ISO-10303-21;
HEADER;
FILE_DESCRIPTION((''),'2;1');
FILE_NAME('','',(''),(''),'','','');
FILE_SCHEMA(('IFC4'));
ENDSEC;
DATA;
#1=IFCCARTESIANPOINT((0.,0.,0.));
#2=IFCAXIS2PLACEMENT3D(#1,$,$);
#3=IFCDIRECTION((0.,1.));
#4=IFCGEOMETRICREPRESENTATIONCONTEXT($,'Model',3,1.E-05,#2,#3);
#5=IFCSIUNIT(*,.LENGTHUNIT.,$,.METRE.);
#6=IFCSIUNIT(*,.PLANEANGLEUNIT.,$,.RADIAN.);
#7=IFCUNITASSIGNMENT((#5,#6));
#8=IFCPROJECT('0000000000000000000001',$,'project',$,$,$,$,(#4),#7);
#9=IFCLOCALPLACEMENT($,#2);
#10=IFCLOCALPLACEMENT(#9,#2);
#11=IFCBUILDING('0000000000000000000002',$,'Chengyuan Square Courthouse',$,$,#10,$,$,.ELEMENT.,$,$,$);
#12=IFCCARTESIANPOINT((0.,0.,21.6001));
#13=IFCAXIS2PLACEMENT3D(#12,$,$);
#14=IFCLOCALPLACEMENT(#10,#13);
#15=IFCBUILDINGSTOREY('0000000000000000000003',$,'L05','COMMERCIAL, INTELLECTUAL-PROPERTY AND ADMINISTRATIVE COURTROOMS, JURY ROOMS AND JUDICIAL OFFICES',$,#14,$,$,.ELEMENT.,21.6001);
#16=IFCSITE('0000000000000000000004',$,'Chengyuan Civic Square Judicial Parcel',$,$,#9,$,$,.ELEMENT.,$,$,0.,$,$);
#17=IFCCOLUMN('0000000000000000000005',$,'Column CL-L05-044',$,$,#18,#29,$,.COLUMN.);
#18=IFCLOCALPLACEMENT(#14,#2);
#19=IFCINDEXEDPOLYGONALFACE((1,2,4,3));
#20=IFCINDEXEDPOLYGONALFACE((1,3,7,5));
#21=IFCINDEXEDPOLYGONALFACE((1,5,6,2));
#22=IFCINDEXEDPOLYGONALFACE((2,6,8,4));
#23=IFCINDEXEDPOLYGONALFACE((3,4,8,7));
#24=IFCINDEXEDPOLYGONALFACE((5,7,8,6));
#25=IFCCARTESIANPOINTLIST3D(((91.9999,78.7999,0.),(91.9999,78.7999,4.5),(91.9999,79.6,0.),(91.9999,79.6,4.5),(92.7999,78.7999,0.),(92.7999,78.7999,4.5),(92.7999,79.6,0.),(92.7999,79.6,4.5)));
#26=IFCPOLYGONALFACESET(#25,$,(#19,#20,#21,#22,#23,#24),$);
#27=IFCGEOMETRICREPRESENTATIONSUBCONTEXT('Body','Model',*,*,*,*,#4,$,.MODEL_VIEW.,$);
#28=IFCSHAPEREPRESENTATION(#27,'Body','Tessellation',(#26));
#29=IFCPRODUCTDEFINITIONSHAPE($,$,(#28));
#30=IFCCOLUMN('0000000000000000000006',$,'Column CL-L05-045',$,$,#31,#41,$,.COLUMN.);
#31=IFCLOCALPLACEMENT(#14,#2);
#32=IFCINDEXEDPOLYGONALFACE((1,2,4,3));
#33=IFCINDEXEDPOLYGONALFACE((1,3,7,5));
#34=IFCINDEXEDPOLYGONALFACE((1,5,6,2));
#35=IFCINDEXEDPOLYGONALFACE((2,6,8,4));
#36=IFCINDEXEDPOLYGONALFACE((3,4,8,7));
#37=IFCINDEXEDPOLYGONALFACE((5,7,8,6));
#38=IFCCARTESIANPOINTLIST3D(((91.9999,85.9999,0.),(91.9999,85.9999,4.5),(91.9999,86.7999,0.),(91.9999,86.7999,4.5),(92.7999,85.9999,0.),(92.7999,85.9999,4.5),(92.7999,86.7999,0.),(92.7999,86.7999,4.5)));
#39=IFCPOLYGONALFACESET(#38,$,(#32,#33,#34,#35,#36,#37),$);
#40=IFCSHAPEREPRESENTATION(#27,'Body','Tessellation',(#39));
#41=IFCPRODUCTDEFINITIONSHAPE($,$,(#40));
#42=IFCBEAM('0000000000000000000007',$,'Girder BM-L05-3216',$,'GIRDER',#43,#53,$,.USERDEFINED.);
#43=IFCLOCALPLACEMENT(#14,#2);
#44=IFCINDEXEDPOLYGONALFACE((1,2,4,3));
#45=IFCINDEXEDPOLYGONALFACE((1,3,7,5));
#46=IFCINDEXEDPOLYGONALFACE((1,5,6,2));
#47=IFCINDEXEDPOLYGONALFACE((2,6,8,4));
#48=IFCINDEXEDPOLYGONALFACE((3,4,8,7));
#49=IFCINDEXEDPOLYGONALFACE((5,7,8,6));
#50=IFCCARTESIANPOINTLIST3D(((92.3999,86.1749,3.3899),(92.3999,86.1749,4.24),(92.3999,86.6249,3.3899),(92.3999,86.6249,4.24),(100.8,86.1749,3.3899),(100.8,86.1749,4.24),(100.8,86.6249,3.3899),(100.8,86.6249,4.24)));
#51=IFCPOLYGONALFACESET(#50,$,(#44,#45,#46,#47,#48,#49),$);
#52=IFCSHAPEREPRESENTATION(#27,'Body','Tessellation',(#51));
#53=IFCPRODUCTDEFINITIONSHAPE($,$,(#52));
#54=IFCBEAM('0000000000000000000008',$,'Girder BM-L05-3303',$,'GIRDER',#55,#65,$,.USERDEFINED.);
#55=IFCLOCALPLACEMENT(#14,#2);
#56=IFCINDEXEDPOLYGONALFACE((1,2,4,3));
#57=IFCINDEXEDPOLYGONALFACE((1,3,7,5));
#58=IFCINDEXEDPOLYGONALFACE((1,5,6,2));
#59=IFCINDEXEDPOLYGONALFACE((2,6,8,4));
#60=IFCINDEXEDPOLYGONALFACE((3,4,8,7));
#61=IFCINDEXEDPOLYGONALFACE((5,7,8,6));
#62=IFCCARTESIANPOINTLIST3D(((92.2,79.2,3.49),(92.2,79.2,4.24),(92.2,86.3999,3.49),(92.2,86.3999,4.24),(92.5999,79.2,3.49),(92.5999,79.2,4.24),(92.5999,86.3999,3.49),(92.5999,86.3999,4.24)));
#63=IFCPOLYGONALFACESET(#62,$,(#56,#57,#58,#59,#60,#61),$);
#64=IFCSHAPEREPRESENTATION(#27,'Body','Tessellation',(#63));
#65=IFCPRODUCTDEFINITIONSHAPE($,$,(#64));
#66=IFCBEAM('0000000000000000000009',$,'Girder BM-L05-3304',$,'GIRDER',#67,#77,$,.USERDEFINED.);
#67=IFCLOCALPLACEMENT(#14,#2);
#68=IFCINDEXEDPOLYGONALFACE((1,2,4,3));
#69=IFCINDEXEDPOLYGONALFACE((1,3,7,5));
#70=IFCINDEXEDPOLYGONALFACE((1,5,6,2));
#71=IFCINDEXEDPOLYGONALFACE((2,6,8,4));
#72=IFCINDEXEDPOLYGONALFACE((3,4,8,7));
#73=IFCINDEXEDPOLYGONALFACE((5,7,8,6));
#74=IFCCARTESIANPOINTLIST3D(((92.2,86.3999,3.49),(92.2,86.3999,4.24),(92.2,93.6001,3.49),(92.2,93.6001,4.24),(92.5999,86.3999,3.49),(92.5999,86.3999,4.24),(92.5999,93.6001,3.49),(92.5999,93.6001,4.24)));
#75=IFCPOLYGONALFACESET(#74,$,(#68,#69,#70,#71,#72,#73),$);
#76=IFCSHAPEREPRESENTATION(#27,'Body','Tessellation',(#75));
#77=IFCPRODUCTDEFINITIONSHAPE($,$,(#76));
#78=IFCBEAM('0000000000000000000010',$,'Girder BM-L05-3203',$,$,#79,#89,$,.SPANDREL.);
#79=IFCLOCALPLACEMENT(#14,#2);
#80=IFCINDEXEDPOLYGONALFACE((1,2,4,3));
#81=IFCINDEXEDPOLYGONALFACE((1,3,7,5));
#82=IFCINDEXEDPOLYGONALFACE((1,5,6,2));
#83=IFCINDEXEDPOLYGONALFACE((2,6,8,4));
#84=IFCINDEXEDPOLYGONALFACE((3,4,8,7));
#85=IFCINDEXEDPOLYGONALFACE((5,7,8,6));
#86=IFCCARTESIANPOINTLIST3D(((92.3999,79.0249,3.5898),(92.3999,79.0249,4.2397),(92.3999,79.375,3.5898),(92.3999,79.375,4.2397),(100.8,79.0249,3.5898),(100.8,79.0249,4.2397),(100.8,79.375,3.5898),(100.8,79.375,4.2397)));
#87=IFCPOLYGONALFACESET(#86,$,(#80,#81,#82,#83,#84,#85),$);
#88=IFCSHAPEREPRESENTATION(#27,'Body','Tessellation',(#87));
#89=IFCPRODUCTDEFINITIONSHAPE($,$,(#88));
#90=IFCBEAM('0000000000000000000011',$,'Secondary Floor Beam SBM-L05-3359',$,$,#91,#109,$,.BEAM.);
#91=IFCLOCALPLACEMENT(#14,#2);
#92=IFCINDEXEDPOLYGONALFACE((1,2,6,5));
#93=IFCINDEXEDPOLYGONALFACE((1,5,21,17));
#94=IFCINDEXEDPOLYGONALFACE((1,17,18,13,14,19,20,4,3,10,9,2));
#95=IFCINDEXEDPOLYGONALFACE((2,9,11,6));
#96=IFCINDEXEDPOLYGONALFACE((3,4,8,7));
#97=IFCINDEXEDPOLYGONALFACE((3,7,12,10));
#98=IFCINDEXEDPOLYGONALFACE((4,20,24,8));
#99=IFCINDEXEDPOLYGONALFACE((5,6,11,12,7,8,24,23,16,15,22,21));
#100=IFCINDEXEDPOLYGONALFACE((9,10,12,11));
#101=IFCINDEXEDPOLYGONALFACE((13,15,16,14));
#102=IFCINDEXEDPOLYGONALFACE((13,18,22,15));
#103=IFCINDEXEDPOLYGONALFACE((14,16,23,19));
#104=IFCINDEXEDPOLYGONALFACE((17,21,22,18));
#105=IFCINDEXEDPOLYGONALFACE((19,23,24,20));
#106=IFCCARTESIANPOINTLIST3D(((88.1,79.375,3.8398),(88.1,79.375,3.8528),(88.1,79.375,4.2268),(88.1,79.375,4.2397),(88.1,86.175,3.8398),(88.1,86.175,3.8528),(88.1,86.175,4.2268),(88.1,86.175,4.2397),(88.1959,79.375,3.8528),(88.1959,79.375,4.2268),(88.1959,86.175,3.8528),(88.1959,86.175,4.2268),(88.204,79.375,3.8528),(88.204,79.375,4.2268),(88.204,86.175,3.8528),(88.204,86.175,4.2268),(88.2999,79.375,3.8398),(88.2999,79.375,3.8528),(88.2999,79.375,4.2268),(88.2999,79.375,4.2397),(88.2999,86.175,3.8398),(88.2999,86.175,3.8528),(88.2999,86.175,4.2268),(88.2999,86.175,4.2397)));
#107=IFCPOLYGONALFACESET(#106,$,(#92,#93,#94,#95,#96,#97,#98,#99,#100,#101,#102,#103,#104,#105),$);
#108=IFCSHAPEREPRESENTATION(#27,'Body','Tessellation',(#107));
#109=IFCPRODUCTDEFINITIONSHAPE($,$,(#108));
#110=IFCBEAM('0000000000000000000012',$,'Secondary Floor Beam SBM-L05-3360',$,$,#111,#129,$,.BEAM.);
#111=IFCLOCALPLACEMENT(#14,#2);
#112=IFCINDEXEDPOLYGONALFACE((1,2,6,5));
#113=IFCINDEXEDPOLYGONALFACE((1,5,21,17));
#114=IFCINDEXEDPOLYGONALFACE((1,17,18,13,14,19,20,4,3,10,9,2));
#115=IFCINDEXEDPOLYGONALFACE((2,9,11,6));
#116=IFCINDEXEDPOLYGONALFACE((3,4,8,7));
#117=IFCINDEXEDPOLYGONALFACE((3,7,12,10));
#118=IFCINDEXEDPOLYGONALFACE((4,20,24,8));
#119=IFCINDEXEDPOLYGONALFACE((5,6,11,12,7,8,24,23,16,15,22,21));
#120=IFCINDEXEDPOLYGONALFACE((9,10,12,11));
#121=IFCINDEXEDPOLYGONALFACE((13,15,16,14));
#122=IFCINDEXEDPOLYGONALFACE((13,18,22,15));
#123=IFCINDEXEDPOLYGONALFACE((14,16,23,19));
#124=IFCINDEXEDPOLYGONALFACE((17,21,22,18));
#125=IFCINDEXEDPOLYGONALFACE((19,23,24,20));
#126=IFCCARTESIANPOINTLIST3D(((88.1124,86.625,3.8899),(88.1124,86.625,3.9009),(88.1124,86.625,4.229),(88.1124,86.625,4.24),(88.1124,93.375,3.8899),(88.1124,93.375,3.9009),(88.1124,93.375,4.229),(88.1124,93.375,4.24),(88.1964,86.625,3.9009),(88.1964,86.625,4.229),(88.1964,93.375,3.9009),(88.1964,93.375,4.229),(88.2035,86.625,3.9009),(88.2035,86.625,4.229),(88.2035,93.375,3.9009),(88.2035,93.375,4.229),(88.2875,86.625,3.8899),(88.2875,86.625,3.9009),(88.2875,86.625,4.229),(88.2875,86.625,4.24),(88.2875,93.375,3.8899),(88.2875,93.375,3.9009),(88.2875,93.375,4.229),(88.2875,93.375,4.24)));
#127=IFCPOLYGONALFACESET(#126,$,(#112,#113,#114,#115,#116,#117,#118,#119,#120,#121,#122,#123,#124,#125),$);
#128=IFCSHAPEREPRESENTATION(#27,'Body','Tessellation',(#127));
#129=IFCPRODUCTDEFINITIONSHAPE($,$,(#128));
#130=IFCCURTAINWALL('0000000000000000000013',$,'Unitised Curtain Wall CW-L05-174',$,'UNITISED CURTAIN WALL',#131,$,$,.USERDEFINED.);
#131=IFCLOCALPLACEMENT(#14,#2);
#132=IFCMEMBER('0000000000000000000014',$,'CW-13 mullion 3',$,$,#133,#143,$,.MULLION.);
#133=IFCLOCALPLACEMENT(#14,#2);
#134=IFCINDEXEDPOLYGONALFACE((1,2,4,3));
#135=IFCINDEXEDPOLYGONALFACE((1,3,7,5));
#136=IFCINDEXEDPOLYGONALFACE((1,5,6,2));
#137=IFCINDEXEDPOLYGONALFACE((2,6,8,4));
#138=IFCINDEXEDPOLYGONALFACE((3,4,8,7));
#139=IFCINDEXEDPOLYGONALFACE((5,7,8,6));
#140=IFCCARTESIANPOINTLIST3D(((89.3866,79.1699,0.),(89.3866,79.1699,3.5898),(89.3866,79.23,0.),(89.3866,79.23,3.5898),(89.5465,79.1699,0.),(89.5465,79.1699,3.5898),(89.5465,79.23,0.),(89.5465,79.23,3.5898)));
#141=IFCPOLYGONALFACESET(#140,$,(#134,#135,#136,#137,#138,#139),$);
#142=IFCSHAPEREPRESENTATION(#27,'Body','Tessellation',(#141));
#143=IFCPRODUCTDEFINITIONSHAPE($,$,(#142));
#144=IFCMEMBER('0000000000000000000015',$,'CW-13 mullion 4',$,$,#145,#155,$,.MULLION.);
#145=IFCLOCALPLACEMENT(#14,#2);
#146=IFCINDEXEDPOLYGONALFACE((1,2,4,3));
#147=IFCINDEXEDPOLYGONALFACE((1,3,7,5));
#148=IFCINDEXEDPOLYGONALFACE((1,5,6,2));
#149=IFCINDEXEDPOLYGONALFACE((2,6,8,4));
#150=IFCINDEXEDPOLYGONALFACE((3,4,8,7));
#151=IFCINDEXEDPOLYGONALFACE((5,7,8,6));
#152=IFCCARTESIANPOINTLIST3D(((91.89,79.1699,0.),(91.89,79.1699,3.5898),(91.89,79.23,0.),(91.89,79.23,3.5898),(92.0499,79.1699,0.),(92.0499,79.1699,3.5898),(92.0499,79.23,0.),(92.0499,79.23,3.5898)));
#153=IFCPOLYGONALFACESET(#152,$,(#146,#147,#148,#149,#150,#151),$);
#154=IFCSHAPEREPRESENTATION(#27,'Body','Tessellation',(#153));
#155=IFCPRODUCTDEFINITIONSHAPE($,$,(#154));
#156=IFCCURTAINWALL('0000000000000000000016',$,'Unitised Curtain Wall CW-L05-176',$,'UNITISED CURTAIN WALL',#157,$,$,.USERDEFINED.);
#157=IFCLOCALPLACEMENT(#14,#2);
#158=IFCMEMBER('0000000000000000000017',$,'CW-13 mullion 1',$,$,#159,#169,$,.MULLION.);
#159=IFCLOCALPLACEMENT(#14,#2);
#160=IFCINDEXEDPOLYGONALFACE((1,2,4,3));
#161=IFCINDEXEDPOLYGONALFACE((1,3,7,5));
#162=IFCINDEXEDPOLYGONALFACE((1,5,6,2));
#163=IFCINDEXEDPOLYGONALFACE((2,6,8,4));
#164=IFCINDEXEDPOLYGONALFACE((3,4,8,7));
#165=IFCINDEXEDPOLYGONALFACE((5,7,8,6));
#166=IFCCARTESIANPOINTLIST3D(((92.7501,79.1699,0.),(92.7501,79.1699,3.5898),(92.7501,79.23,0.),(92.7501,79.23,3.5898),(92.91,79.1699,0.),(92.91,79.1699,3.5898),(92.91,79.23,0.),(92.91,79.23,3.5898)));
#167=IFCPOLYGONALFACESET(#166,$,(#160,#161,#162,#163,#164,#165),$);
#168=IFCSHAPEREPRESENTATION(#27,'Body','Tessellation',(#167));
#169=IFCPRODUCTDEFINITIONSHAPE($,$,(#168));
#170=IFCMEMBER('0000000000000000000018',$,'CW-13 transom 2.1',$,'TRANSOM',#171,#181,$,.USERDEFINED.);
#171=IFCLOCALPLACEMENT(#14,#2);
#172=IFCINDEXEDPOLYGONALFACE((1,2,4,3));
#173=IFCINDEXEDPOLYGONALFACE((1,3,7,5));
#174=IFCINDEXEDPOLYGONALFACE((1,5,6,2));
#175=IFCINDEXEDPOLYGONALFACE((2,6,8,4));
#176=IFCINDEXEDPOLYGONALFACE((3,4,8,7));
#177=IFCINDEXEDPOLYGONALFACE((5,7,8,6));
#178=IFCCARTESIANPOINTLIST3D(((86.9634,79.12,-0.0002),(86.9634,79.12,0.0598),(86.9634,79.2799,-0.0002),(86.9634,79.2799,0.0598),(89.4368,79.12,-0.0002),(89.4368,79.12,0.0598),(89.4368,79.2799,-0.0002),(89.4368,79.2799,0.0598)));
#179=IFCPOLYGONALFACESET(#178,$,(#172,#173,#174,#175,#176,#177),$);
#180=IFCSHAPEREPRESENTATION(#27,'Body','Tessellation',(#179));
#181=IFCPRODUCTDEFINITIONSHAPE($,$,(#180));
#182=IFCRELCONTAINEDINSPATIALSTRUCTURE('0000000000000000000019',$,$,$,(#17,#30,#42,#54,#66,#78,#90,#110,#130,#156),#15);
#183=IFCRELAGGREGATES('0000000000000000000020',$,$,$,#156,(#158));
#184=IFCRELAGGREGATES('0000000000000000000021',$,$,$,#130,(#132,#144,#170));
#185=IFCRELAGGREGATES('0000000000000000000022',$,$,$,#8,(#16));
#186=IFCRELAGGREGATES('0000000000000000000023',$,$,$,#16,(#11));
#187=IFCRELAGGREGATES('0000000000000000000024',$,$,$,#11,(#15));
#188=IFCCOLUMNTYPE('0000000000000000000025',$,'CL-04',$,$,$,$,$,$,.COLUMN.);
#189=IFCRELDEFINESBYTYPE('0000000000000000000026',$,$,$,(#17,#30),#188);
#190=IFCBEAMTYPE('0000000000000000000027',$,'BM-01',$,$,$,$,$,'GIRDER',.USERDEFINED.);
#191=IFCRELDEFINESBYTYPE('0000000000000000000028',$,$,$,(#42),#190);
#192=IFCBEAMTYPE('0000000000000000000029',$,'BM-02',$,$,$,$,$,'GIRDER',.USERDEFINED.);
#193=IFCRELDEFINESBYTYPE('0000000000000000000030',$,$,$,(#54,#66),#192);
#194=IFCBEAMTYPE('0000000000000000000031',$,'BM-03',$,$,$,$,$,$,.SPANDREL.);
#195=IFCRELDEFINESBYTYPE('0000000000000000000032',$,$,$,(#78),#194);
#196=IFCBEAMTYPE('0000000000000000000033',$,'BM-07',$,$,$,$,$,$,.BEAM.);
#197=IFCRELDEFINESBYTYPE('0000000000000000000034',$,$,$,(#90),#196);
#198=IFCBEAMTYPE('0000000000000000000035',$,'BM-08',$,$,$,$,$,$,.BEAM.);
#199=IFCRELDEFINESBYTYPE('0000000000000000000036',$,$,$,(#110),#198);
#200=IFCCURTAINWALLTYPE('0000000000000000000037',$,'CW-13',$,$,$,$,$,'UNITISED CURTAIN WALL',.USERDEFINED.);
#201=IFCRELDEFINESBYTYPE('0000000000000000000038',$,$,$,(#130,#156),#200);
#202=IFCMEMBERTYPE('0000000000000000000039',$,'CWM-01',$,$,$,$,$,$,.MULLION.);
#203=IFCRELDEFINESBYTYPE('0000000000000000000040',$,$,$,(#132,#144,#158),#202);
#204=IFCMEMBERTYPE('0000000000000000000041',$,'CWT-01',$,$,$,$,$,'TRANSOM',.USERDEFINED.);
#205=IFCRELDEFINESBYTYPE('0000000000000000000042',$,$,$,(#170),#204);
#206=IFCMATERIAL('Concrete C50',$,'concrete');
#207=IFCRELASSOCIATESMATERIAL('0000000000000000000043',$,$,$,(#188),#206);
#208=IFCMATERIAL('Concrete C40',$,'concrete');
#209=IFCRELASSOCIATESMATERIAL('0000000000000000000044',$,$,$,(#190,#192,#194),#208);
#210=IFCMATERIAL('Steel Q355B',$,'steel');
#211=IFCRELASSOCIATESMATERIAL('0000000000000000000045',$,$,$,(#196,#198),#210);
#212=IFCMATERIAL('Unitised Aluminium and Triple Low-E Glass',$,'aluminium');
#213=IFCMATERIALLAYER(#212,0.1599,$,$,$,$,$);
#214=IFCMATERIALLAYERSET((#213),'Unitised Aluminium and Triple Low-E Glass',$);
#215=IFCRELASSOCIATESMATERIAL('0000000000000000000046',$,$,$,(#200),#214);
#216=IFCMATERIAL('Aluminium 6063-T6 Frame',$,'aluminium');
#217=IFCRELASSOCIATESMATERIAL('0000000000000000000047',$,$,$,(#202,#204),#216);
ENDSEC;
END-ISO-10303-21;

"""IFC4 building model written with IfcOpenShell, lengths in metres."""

from ifc_helpers import new_model, si_unit, direction, frame, origin, origin_2d, place, context, subcontext, project, spatial, rectangle, i_section, extrude, material, layer, layer_set, material_profile, profile_set, type_object, element, aggregate, save


model = new_model("IFC4")

# Units and contexts
model_context = context("Model", 3, precision=1e-05, world=origin(), true_north=direction((0.0, 1.0)))
body_context = subcontext(model_context, "Body", "Model", "MODEL_VIEW")
ifc_project = project(units=[si_unit("LENGTHUNIT", "METRE"), si_unit("PLANEANGLEUNIT", "RADIAN")], contexts=[model_context])

# Site, building, storey
site_placement = place(None, origin())
site = spatial("IfcSite", under=ifc_project, at=site_placement, Name="Chengyuan Civic Square Judicial Parcel", CompositionType="ELEMENT", RefElevation=0.0)
building_placement = place(site_placement, origin())
building = spatial("IfcBuilding", under=site, at=building_placement, Name="Chengyuan Square Courthouse", CompositionType="ELEMENT")
storey_placement = place(building_placement, frame((0.0, 0.0, 21.6001)))
storey = spatial("IfcBuildingStorey", under=building, at=storey_placement, Name="L05", Description="COMMERCIAL, INTELLECTUAL-PROPERTY AND ADMINISTRATIVE COURTROOMS, JURY ROOMS AND JUDICIAL OFFICES", CompositionType="ELEMENT", Elevation=21.6001)

# Columns
ifc_material_1 = material(Name="Concrete C50", Category="concrete")
ifc_material_profile_1 = material_profile(ifc_material_1, rectangle(XDim=0.8, YDim=0.8, at=origin_2d()), Name="RC-COL-800x800")
ifc_profile_set_1 = profile_set([ifc_material_profile_1], Name="Concrete C50")
column_type = type_object("IfcColumnType", Name="CL-04", PredefinedType="COLUMN", material=ifc_profile_set_1)
for number, where, z_axis, x_axis, name in (
    (1, (92.3999, 79.2, 0.0), (0.0, 0.0, 1.0), (1.0, 0.0, 0.0), "Column CL-L05-044"),
    (2, (92.3999, 86.3999, 0.0), (0.0, 0.0, 1.0), (1.0, 0.0, 0.0), "Column CL-L05-045"),
):
    element("IfcColumn", number, at=place(storey_placement, frame(where, z_axis=z_axis, x_axis=x_axis)), inside=storey, type_object=column_type, Name=name, PredefinedType="COLUMN", context=body_context, shape_type="SweptSolid", body=[
        extrude(rectangle(XDim=0.8, YDim=0.8, at=origin_2d()), origin(), (0.0, 0.0, 1.0), 4.5),
    ])

# Beams
ifc_material_2 = material(Name="Concrete C40", Category="concrete")
ifc_material_profile_2 = material_profile(ifc_material_2, rectangle(XDim=0.45, YDim=0.8501, at=origin_2d()), Name="RC-BM-450x850")
ifc_profile_set_2 = profile_set([ifc_material_profile_2], Name="Concrete C40")
beam_type_1 = type_object("IfcBeamType", Name="BM-01", ElementType="GIRDER", PredefinedType="USERDEFINED", material=ifc_profile_set_2)
beam_1_placement = place(storey_placement, frame((92.3999, 86.3999, 3.8149), z_axis=(1.0, 0.0, 0.0), x_axis=(0.0, 1.0, 0.0)))
element("IfcBeam", 3, at=beam_1_placement, inside=storey, type_object=beam_type_1, Name="Girder BM-L05-3216", ObjectType="GIRDER", PredefinedType="USERDEFINED", context=body_context, shape_type="SweptSolid", body=[
    extrude(rectangle(XDim=0.45, YDim=0.8501, at=origin_2d()), origin(), (0.0, 0.0, 1.0), 8.4001),
])
ifc_material_profile_3 = material_profile(ifc_material_2, rectangle(XDim=0.3999, YDim=0.75, at=origin_2d()), Name="RC-BM-400x750")
ifc_profile_set_3 = profile_set([ifc_material_profile_3], Name="Concrete C40")
beam_type_2 = type_object("IfcBeamType", Name="BM-02", ElementType="GIRDER", PredefinedType="USERDEFINED", material=ifc_profile_set_3)
beam_2_placement = place(storey_placement, frame((92.3999, 79.2, 3.865), z_axis=(0.0, 1.0, 0.0), x_axis=(-1.0, 0.0, 0.0)))
element("IfcBeam", 4, at=beam_2_placement, inside=storey, type_object=beam_type_2, Name="Girder BM-L05-3303", ObjectType="GIRDER", PredefinedType="USERDEFINED", context=body_context, shape_type="SweptSolid", body=[
    extrude(rectangle(XDim=0.3999, YDim=0.75, at=origin_2d()), origin(), (0.0, 0.0, 1.0), 7.2),
])
beam_3_placement = place(storey_placement, frame((92.3999, 86.3999, 3.865), z_axis=(0.0, 1.0, 0.0), x_axis=(-1.0, 0.0, 0.0)))
element("IfcBeam", 5, at=beam_3_placement, inside=storey, type_object=beam_type_2, Name="Girder BM-L05-3304", ObjectType="GIRDER", PredefinedType="USERDEFINED", context=body_context, shape_type="SweptSolid", body=[
    extrude(rectangle(XDim=0.3999, YDim=0.75, at=origin_2d()), origin(), (0.0, 0.0, 1.0), 7.2002),
])
ifc_material_profile_4 = material_profile(ifc_material_2, rectangle(XDim=0.3501, YDim=0.6499, at=origin_2d()), Name="RC-BM-350x650")
ifc_profile_set_4 = profile_set([ifc_material_profile_4], Name="Concrete C40")
beam_type_3 = type_object("IfcBeamType", Name="BM-03", PredefinedType="SPANDREL", material=ifc_profile_set_4)
beam_4_placement = place(storey_placement, frame((92.3999, 79.2, 3.9148), z_axis=(1.0, 0.0, 0.0), x_axis=(0.0, 1.0, 0.0)))
element("IfcBeam", 6, at=beam_4_placement, inside=storey, type_object=beam_type_3, Name="Girder BM-L05-3203", PredefinedType="SPANDREL", context=body_context, shape_type="SweptSolid", body=[
    extrude(rectangle(XDim=0.3501, YDim=0.6499, at=origin_2d()), origin(), (0.0, 0.0, 1.0), 8.4001),
])
ifc_material_3 = material(Name="Steel Q355B", Category="steel")
ifc_material_profile_5 = material_profile(ifc_material_3, i_section(OverallWidth=0.2, OverallDepth=0.3999, WebThickness=0.0081, FlangeThickness=0.0129, at=origin_2d()), Name="HN 400x200x8x13")
ifc_profile_set_5 = profile_set([ifc_material_profile_5], Name="Steel Q355B")
beam_type_4 = type_object("IfcBeamType", Name="BM-07", PredefinedType="BEAM", material=ifc_profile_set_5)
beam_5_placement = place(storey_placement, frame((88.2, 79.375, 4.0398), z_axis=(0.0, 1.0, 0.0), x_axis=(-1.0, 0.0, 0.0)))
element("IfcBeam", 7, at=beam_5_placement, inside=storey, type_object=beam_type_4, Name="Secondary Floor Beam SBM-L05-3359", PredefinedType="BEAM", context=body_context, shape_type="SweptSolid", body=[
    extrude(i_section(OverallWidth=0.2, OverallDepth=0.3999, WebThickness=0.0081, FlangeThickness=0.0129, at=origin_2d()), origin(), (0.0, 0.0, 1.0), 6.8),
])
ifc_material_profile_6 = material_profile(ifc_material_3, i_section(OverallWidth=0.175, OverallDepth=0.3501, WebThickness=0.0071, FlangeThickness=0.011, at=origin_2d()), Name="HN 350x175x7x11")
ifc_profile_set_6 = profile_set([ifc_material_profile_6], Name="Steel Q355B")
beam_type_5 = type_object("IfcBeamType", Name="BM-08", PredefinedType="BEAM", material=ifc_profile_set_6)
beam_6_placement = place(storey_placement, frame((88.2, 86.625, 4.0649), z_axis=(0.0, 1.0, 0.0), x_axis=(-1.0, 0.0, 0.0)))
element("IfcBeam", 8, at=beam_6_placement, inside=storey, type_object=beam_type_5, Name="Secondary Floor Beam SBM-L05-3360", PredefinedType="BEAM", context=body_context, shape_type="SweptSolid", body=[
    extrude(i_section(OverallWidth=0.175, OverallDepth=0.3501, WebThickness=0.0071, FlangeThickness=0.011, at=origin_2d()), origin(), (0.0, 0.0, 1.0), 6.75),
])

# Curtain wall, members
ifc_material_4 = material(Name="Unitised Aluminium and Triple Low-E Glass", Category="aluminium")
ifc_layer_1 = layer(ifc_material_4, 0.1599)
ifc_layer_set_1 = layer_set([ifc_layer_1], Name="Unitised Aluminium and Triple Low-E Glass")
curtain_wall_type = type_object("IfcCurtainWallType", Name="CW-13", ElementType="UNITISED CURTAIN WALL", PredefinedType="USERDEFINED", material=ifc_layer_set_1)
curtain_wall_1_placement = place(storey_placement, origin())
curtain_wall_1 = element("IfcCurtainWall", 9, at=curtain_wall_1_placement, inside=storey, type_object=curtain_wall_type, Name="Unitised Curtain Wall CW-L05-174", ObjectType="UNITISED CURTAIN WALL", PredefinedType="USERDEFINED")
ifc_material_5 = material(Name="Aluminium 6063-T6 Frame", Category="aluminium")
ifc_material_profile_7 = material_profile(ifc_material_5, rectangle(XDim=0.0601, YDim=0.1599, at=origin_2d()), Name="CW-MUL-60x160")
ifc_profile_set_7 = profile_set([ifc_material_profile_7], Name="Aluminium 6063-T6 Frame")
member_type_1 = type_object("IfcMemberType", Name="CWM-01", PredefinedType="MULLION", material=ifc_profile_set_7)
member_1_placement = place(storey_placement, frame((89.4666, 79.2, 0.0), z_axis=(0.0, 0.0, 1.0), x_axis=(0.0, 1.0, 0.0)))
member_1 = element("IfcMember", 10, at=member_1_placement, type_object=member_type_1, Name="CW-13 mullion 3", PredefinedType="MULLION", context=body_context, shape_type="SweptSolid", body=[
    extrude(rectangle(XDim=0.0601, YDim=0.1599, at=origin_2d()), origin(), (0.0, 0.0, 1.0), 3.5898),
])
member_2_placement = place(storey_placement, frame((91.97, 79.2, 0.0), z_axis=(0.0, 0.0, 1.0), x_axis=(0.0, 1.0, 0.0)))
member_2 = element("IfcMember", 11, at=member_2_placement, type_object=member_type_1, Name="CW-13 mullion 4", PredefinedType="MULLION", context=body_context, shape_type="SweptSolid", body=[
    extrude(rectangle(XDim=0.0601, YDim=0.1599, at=origin_2d()), origin(), (0.0, 0.0, 1.0), 3.5898),
])

# Curtain wall, member
curtain_wall_2_placement = place(storey_placement, origin())
curtain_wall_2 = element("IfcCurtainWall", 12, at=curtain_wall_2_placement, inside=storey, type_object=curtain_wall_type, Name="Unitised Curtain Wall CW-L05-176", ObjectType="UNITISED CURTAIN WALL", PredefinedType="USERDEFINED")
member_3_placement = place(storey_placement, frame((92.8301, 79.2, 0.0), z_axis=(0.0, 0.0, 1.0), x_axis=(0.0, 1.0, 0.0)))
member_3 = element("IfcMember", 13, at=member_3_placement, type_object=member_type_1, Name="CW-13 mullion 1", PredefinedType="MULLION", context=body_context, shape_type="SweptSolid", body=[
    extrude(rectangle(XDim=0.0601, YDim=0.1599, at=origin_2d()), origin(), (0.0, 0.0, 1.0), 3.5898),
])

# Member
ifc_material_profile_8 = material_profile(ifc_material_5, rectangle(XDim=0.1599, YDim=0.0601, at=origin_2d()), Name="CW-TRN-60x120")
ifc_profile_set_8 = profile_set([ifc_material_profile_8], Name="Aluminium 6063-T6 Frame")
member_type_2 = type_object("IfcMemberType", Name="CWT-01", ElementType="TRANSOM", PredefinedType="USERDEFINED", material=ifc_profile_set_8)
member_4_placement = place(storey_placement, frame((86.9634, 79.2, 0.0298), z_axis=(1.0, 0.0, 0.0), x_axis=(0.0, 1.0, 0.0)))
member_4 = element("IfcMember", 14, at=member_4_placement, type_object=member_type_2, Name="CW-13 transom 2.1", ObjectType="TRANSOM", PredefinedType="USERDEFINED", context=body_context, shape_type="SweptSolid", body=[
    extrude(rectangle(XDim=0.1599, YDim=0.0601, at=origin_2d()), origin(), (0.0, 0.0, 1.0), 2.4734),
])
aggregate(curtain_wall_2, [member_3])

aggregate(curtain_wall_1, [member_1, member_2, member_4])

save(model, "model.ifc")
